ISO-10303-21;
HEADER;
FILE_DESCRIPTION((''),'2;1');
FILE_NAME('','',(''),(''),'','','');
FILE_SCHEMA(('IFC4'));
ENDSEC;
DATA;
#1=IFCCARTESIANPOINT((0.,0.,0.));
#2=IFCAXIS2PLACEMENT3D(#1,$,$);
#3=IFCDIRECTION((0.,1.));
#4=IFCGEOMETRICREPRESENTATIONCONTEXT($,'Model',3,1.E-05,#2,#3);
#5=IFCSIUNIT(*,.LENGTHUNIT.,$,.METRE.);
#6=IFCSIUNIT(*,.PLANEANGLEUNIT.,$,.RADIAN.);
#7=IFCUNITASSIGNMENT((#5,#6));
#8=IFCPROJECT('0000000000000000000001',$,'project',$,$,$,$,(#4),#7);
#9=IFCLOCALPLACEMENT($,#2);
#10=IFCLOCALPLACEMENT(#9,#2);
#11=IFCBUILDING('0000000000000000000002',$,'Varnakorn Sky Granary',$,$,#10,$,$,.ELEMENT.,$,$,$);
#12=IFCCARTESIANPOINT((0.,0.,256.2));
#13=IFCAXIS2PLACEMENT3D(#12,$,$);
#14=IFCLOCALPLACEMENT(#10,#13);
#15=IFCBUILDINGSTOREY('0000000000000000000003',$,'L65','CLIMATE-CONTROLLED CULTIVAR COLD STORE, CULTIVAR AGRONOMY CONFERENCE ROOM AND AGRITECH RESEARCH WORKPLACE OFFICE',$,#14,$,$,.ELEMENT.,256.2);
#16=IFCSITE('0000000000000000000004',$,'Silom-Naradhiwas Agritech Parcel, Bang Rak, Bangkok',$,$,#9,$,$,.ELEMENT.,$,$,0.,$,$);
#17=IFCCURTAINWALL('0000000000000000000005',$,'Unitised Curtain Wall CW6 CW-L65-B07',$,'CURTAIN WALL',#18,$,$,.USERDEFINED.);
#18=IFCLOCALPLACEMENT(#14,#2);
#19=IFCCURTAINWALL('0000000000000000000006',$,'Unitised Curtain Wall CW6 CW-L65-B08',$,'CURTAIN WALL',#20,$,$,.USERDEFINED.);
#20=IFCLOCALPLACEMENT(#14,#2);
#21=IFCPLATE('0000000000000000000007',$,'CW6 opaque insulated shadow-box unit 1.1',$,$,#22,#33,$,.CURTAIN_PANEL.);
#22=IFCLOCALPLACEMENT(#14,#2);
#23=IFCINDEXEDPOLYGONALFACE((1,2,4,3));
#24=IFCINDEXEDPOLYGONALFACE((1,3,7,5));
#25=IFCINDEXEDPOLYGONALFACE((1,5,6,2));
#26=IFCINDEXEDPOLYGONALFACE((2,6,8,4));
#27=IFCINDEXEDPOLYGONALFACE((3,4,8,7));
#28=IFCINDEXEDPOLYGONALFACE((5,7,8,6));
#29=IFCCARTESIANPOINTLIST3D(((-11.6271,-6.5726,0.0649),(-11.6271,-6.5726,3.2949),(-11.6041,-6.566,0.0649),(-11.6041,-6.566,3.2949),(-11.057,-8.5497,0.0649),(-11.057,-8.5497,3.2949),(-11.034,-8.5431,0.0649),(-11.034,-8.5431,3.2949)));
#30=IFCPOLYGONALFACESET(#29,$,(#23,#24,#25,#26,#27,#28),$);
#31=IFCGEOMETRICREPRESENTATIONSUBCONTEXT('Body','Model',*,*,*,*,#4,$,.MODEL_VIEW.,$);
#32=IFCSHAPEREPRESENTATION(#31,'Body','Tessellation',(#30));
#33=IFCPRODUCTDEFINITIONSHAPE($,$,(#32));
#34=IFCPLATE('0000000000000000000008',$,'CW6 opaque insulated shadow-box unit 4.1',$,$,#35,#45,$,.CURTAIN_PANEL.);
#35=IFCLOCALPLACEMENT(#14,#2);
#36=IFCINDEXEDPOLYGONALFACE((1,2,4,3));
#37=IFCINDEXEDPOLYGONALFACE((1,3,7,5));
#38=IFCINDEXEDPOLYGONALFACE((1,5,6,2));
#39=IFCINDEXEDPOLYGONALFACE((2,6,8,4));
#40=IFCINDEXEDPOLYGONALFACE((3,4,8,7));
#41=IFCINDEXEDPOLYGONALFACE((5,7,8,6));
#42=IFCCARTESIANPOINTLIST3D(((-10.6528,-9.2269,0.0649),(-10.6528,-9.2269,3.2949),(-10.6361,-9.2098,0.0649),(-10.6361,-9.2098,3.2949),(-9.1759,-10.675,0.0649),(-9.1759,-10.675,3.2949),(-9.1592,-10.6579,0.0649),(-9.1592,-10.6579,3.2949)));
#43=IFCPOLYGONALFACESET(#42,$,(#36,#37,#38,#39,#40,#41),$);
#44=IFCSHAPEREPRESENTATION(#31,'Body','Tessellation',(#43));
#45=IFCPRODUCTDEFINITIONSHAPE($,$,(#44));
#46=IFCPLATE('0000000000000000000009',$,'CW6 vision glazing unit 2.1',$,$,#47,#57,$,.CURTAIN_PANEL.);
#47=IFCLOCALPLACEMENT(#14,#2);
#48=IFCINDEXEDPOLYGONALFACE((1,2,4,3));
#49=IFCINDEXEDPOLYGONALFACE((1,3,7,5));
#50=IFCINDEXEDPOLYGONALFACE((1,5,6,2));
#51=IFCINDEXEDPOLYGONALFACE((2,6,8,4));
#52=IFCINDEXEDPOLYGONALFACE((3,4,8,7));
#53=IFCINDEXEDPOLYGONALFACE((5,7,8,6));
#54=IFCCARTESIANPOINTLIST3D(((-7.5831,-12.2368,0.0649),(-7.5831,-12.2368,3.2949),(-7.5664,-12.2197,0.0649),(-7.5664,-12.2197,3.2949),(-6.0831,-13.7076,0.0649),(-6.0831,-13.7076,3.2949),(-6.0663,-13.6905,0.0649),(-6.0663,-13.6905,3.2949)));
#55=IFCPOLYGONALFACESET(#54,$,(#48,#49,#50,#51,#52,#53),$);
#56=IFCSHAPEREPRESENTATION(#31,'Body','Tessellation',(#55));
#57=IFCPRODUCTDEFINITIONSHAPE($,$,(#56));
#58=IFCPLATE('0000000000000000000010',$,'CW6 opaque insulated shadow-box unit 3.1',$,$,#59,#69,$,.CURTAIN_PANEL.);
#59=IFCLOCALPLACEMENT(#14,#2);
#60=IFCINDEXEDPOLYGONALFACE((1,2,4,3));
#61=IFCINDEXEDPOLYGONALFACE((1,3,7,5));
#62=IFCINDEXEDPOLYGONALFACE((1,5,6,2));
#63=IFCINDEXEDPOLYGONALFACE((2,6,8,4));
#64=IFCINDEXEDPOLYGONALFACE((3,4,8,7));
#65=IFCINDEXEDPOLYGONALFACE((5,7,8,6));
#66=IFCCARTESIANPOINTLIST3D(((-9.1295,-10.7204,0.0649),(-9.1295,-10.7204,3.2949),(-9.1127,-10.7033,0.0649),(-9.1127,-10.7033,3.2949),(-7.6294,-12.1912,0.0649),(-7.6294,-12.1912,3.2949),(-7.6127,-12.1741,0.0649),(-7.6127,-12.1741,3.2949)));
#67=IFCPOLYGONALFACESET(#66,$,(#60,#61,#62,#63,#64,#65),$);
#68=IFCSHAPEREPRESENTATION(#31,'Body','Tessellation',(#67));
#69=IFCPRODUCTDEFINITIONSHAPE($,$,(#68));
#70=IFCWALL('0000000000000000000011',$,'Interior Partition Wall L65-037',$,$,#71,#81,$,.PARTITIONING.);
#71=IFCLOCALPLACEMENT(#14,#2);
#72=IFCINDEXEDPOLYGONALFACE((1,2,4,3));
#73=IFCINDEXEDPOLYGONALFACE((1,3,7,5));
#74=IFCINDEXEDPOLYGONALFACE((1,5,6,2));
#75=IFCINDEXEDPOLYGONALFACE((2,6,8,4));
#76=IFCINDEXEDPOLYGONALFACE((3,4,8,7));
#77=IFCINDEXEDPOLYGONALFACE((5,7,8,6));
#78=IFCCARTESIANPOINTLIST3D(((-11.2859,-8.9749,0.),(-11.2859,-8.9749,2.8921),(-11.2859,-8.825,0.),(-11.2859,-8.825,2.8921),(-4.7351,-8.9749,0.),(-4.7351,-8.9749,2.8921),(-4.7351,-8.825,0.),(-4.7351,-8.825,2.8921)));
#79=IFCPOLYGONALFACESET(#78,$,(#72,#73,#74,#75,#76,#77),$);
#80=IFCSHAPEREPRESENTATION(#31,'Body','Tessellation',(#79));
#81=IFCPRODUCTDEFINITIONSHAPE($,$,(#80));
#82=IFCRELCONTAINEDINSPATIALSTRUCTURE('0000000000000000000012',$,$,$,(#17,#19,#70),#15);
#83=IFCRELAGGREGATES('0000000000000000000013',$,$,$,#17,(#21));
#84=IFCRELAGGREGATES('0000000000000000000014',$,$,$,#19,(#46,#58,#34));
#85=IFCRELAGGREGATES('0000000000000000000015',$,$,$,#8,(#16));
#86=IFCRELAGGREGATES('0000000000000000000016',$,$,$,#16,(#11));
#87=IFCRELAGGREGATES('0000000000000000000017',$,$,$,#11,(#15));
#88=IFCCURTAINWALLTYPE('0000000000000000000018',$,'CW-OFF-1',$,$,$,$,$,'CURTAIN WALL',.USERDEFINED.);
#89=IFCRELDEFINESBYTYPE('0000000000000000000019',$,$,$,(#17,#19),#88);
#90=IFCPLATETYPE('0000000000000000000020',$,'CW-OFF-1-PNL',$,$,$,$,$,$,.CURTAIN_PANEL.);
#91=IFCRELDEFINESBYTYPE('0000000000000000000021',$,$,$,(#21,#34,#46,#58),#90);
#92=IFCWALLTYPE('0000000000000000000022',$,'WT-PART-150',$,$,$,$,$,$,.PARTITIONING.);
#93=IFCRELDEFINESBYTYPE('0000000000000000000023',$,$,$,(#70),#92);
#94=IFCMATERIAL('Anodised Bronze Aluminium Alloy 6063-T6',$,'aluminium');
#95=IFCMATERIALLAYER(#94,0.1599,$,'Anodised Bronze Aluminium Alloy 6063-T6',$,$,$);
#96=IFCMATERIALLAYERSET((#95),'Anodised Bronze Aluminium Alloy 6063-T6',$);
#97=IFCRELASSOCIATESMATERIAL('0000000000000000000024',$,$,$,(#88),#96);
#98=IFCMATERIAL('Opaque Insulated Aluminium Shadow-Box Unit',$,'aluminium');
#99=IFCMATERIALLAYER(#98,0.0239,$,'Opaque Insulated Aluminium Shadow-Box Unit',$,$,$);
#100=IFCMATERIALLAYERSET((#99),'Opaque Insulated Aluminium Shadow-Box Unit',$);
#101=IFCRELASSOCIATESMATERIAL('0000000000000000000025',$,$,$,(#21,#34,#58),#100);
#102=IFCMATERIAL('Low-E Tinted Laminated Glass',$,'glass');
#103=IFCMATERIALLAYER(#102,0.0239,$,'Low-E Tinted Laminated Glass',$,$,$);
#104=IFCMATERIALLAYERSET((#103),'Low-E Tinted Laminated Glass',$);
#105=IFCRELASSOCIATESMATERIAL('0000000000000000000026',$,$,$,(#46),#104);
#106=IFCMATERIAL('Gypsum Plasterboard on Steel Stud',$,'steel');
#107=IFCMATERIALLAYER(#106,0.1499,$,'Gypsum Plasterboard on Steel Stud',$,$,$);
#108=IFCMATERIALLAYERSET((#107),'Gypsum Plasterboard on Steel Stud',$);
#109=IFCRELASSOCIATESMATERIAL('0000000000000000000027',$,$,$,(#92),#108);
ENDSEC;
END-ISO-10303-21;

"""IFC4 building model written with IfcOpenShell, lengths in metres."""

from ifc_helpers import new_model, si_unit, direction, frame, frame_2d, origin, origin_2d, place, context, subcontext, project, spatial, rectangle, extrude, source, transform, mapped, material, layer, layer_set, type_object, type_shapes, element, aggregate, save


model = new_model("IFC4")

# Units and contexts
model_context = context("Model", 3, precision=1e-05, world=origin(), true_north=direction((0.0, 1.0)))
body_context = subcontext(model_context, "Body", "Model", "MODEL_VIEW")
ifc_project = project(units=[si_unit("LENGTHUNIT", "METRE"), si_unit("PLANEANGLEUNIT", "RADIAN")], contexts=[model_context])

# Site, building, storey
site_placement = place(None, origin())
site = spatial("IfcSite", under=ifc_project, at=site_placement, Name="Silom-Naradhiwas Agritech Parcel, Bang Rak, Bangkok", CompositionType="ELEMENT", RefElevation=0.0)
building_placement = place(site_placement, origin())
building = spatial("IfcBuilding", under=site, at=building_placement, Name="Varnakorn Sky Granary", CompositionType="ELEMENT")
storey_placement = place(building_placement, frame((0.0, 0.0, 256.2)))
storey = spatial("IfcBuildingStorey", under=building, at=storey_placement, Name="L65", Description="CLIMATE-CONTROLLED CULTIVAR COLD STORE, CULTIVAR AGRONOMY CONFERENCE ROOM AND AGRITECH RESEARCH WORKPLACE OFFICE", CompositionType="ELEMENT", Elevation=256.2)

# Curtain wall
ifc_material_1 = material(Name="Anodised Bronze Aluminium Alloy 6063-T6", Category="aluminium")
ifc_layer_1 = layer(ifc_material_1, 0.1599, Name="Anodised Bronze Aluminium Alloy 6063-T6")
ifc_layer_set_1 = layer_set([ifc_layer_1], Name="Anodised Bronze Aluminium Alloy 6063-T6")
curtain_wall_type = type_object("IfcCurtainWallType", Name="CW-OFF-1", ElementType="CURTAIN WALL", PredefinedType="USERDEFINED", material=ifc_layer_set_1)
curtain_wall_1_placement = place(storey_placement, origin())
curtain_wall_1 = element("IfcCurtainWall", 1, at=curtain_wall_1_placement, inside=storey, type_object=curtain_wall_type, Name="Unitised Curtain Wall CW6 CW-L65-B07", ObjectType="CURTAIN WALL", PredefinedType="USERDEFINED")

# Curtain wall
curtain_wall_2_placement = place(storey_placement, origin())
curtain_wall_2 = element("IfcCurtainWall", 2, at=curtain_wall_2_placement, inside=storey, type_object=curtain_wall_type, Name="Unitised Curtain Wall CW6 CW-L65-B08", ObjectType="CURTAIN WALL", PredefinedType="USERDEFINED")

# Plates
ifc_material_2 = material(Name="Opaque Insulated Aluminium Shadow-Box Unit", Category="aluminium")
ifc_layer_2 = layer(ifc_material_2, 0.0239, Name="Opaque Insulated Aluminium Shadow-Box Unit")
ifc_layer_set_2 = layer_set([ifc_layer_2], Name="Opaque Insulated Aluminium Shadow-Box Unit")
plate_type = type_object("IfcPlateType", Name="CW-OFF-1-PNL", PredefinedType="CURTAIN_PANEL")
shared_shape_1 = source(origin(), body_context, "Body", "SweptSolid", [
    extrude(rectangle(XDim=2.0576, YDim=0.0239, at=origin_2d()), origin(), (0.0, 0.0, 1.0), 3.23),
])
plate_1_placement = place(storey_placement, frame((-11.3306, -7.5579, 0.0649), z_axis=(0.0, 0.0, 1.0), x_axis=(-0.277084, 0.960846, 0.0)))
plate_1 = element("IfcPlate", 3, at=plate_1_placement, type_object=plate_type, material=ifc_layer_set_2, Name="CW6 opaque insulated shadow-box unit 1.1", PredefinedType="CURTAIN_PANEL", context=body_context, shape_type="MappedRepresentation", body=[
    mapped(shared_shape_1, transform((0.0, 0.0, 0.0), x_axis=(1.0, 0.0, 0.0), y_axis=(0.0, 1.0, 0.0), z_axis=(0.0, 0.0, 1.0), scale=1.0)),
])
aggregate(curtain_wall_1, [plate_1])
shared_shape_2 = source(origin(), body_context, "Body", "SweptSolid", [
    extrude(rectangle(XDim=2.0684, YDim=0.0239, at=origin_2d()), origin(), (0.0, 0.0, 1.0), 3.23),
])
plate_2_placement = place(storey_placement, frame((-9.906, -9.9424, 0.0649), z_axis=(0.0, 0.0, 1.0), x_axis=(-0.714027, 0.700118, 0.0)))
plate_2 = element("IfcPlate", 4, at=plate_2_placement, type_object=plate_type, material=ifc_layer_set_2, Name="CW6 opaque insulated shadow-box unit 4.1", PredefinedType="CURTAIN_PANEL", context=body_context, shape_type="MappedRepresentation", body=[
    mapped(shared_shape_2, transform((0.0, 0.0, 0.0), x_axis=(1.0, 0.0, 0.0), y_axis=(0.0, 1.0, 0.0), z_axis=(0.0, 0.0, 1.0), scale=1.0)),
])
ifc_material_3 = material(Name="Low-E Tinted Laminated Glass", Category="glass")
ifc_layer_3 = layer(ifc_material_3, 0.0239, Name="Low-E Tinted Laminated Glass")
ifc_layer_set_3 = layer_set([ifc_layer_3], Name="Low-E Tinted Laminated Glass")
shared_shape_3 = source(origin(), body_context, "Body", "SweptSolid", [
    extrude(rectangle(XDim=2.1008, YDim=0.0239, at=origin_2d()), origin(), (0.0, 0.0, 1.0), 3.23),
])
type_shapes(plate_type, [shared_shape_1, shared_shape_2, shared_shape_3])
plate_3_placement = place(storey_placement, frame((-6.8247, -12.9636, 0.0649), z_axis=(0.0, 0.0, 1.0), x_axis=(-0.714027, 0.700118, 0.0)))
plate_3 = element("IfcPlate", 5, at=plate_3_placement, type_object=plate_type, material=ifc_layer_set_3, Name="CW6 vision glazing unit 2.1", PredefinedType="CURTAIN_PANEL", context=body_context, shape_type="MappedRepresentation", body=[
    mapped(shared_shape_3, transform((0.0, 0.0, 0.0), x_axis=(1.0, 0.0, 0.0), y_axis=(0.0, 1.0, 0.0), z_axis=(0.0, 0.0, 1.0), scale=1.0)),
])
plate_4_placement = place(storey_placement, frame((-8.3711, -11.4473, 0.0649), z_axis=(0.0, 0.0, 1.0), x_axis=(-0.714027, 0.700118, 0.0)))
plate_4 = element("IfcPlate", 6, at=plate_4_placement, type_object=plate_type, material=ifc_layer_set_2, Name="CW6 opaque insulated shadow-box unit 3.1", PredefinedType="CURTAIN_PANEL", context=body_context, shape_type="MappedRepresentation", body=[
    mapped(shared_shape_3, transform((0.0, 0.0, 0.0), x_axis=(1.0, 0.0, 0.0), y_axis=(0.0, 1.0, 0.0), z_axis=(0.0, 0.0, 1.0), scale=1.0)),
])
aggregate(curtain_wall_2, [plate_3, plate_4, plate_2])

# Wall
ifc_material_4 = material(Name="Gypsum Plasterboard on Steel Stud", Category="steel")
ifc_layer_4 = layer(ifc_material_4, 0.1499, Name="Gypsum Plasterboard on Steel Stud")
ifc_layer_set_4 = layer_set([ifc_layer_4], Name="Gypsum Plasterboard on Steel Stud")
wall_type = type_object("IfcWallType", Name="WT-PART-150", PredefinedType="PARTITIONING", material=ifc_layer_set_4)
wall_placement = place(storey_placement, frame((-11.2859, -8.8999, 0.0), z_axis=(0.0, 0.0, 1.0), x_axis=(1.0, 0.0, 0.0)))
element("IfcWall", 7, at=wall_placement, inside=storey, type_object=wall_type, Name="Interior Partition Wall L65-037", PredefinedType="PARTITIONING", context=body_context, shape_type="SweptSolid", body=[
    extrude(rectangle(XDim=6.5508, YDim=0.1499, at=frame_2d((3.2754, 0.0))), origin(), (0.0, 0.0, 1.0), 2.8921),
])

save(model, "model.ifc")
